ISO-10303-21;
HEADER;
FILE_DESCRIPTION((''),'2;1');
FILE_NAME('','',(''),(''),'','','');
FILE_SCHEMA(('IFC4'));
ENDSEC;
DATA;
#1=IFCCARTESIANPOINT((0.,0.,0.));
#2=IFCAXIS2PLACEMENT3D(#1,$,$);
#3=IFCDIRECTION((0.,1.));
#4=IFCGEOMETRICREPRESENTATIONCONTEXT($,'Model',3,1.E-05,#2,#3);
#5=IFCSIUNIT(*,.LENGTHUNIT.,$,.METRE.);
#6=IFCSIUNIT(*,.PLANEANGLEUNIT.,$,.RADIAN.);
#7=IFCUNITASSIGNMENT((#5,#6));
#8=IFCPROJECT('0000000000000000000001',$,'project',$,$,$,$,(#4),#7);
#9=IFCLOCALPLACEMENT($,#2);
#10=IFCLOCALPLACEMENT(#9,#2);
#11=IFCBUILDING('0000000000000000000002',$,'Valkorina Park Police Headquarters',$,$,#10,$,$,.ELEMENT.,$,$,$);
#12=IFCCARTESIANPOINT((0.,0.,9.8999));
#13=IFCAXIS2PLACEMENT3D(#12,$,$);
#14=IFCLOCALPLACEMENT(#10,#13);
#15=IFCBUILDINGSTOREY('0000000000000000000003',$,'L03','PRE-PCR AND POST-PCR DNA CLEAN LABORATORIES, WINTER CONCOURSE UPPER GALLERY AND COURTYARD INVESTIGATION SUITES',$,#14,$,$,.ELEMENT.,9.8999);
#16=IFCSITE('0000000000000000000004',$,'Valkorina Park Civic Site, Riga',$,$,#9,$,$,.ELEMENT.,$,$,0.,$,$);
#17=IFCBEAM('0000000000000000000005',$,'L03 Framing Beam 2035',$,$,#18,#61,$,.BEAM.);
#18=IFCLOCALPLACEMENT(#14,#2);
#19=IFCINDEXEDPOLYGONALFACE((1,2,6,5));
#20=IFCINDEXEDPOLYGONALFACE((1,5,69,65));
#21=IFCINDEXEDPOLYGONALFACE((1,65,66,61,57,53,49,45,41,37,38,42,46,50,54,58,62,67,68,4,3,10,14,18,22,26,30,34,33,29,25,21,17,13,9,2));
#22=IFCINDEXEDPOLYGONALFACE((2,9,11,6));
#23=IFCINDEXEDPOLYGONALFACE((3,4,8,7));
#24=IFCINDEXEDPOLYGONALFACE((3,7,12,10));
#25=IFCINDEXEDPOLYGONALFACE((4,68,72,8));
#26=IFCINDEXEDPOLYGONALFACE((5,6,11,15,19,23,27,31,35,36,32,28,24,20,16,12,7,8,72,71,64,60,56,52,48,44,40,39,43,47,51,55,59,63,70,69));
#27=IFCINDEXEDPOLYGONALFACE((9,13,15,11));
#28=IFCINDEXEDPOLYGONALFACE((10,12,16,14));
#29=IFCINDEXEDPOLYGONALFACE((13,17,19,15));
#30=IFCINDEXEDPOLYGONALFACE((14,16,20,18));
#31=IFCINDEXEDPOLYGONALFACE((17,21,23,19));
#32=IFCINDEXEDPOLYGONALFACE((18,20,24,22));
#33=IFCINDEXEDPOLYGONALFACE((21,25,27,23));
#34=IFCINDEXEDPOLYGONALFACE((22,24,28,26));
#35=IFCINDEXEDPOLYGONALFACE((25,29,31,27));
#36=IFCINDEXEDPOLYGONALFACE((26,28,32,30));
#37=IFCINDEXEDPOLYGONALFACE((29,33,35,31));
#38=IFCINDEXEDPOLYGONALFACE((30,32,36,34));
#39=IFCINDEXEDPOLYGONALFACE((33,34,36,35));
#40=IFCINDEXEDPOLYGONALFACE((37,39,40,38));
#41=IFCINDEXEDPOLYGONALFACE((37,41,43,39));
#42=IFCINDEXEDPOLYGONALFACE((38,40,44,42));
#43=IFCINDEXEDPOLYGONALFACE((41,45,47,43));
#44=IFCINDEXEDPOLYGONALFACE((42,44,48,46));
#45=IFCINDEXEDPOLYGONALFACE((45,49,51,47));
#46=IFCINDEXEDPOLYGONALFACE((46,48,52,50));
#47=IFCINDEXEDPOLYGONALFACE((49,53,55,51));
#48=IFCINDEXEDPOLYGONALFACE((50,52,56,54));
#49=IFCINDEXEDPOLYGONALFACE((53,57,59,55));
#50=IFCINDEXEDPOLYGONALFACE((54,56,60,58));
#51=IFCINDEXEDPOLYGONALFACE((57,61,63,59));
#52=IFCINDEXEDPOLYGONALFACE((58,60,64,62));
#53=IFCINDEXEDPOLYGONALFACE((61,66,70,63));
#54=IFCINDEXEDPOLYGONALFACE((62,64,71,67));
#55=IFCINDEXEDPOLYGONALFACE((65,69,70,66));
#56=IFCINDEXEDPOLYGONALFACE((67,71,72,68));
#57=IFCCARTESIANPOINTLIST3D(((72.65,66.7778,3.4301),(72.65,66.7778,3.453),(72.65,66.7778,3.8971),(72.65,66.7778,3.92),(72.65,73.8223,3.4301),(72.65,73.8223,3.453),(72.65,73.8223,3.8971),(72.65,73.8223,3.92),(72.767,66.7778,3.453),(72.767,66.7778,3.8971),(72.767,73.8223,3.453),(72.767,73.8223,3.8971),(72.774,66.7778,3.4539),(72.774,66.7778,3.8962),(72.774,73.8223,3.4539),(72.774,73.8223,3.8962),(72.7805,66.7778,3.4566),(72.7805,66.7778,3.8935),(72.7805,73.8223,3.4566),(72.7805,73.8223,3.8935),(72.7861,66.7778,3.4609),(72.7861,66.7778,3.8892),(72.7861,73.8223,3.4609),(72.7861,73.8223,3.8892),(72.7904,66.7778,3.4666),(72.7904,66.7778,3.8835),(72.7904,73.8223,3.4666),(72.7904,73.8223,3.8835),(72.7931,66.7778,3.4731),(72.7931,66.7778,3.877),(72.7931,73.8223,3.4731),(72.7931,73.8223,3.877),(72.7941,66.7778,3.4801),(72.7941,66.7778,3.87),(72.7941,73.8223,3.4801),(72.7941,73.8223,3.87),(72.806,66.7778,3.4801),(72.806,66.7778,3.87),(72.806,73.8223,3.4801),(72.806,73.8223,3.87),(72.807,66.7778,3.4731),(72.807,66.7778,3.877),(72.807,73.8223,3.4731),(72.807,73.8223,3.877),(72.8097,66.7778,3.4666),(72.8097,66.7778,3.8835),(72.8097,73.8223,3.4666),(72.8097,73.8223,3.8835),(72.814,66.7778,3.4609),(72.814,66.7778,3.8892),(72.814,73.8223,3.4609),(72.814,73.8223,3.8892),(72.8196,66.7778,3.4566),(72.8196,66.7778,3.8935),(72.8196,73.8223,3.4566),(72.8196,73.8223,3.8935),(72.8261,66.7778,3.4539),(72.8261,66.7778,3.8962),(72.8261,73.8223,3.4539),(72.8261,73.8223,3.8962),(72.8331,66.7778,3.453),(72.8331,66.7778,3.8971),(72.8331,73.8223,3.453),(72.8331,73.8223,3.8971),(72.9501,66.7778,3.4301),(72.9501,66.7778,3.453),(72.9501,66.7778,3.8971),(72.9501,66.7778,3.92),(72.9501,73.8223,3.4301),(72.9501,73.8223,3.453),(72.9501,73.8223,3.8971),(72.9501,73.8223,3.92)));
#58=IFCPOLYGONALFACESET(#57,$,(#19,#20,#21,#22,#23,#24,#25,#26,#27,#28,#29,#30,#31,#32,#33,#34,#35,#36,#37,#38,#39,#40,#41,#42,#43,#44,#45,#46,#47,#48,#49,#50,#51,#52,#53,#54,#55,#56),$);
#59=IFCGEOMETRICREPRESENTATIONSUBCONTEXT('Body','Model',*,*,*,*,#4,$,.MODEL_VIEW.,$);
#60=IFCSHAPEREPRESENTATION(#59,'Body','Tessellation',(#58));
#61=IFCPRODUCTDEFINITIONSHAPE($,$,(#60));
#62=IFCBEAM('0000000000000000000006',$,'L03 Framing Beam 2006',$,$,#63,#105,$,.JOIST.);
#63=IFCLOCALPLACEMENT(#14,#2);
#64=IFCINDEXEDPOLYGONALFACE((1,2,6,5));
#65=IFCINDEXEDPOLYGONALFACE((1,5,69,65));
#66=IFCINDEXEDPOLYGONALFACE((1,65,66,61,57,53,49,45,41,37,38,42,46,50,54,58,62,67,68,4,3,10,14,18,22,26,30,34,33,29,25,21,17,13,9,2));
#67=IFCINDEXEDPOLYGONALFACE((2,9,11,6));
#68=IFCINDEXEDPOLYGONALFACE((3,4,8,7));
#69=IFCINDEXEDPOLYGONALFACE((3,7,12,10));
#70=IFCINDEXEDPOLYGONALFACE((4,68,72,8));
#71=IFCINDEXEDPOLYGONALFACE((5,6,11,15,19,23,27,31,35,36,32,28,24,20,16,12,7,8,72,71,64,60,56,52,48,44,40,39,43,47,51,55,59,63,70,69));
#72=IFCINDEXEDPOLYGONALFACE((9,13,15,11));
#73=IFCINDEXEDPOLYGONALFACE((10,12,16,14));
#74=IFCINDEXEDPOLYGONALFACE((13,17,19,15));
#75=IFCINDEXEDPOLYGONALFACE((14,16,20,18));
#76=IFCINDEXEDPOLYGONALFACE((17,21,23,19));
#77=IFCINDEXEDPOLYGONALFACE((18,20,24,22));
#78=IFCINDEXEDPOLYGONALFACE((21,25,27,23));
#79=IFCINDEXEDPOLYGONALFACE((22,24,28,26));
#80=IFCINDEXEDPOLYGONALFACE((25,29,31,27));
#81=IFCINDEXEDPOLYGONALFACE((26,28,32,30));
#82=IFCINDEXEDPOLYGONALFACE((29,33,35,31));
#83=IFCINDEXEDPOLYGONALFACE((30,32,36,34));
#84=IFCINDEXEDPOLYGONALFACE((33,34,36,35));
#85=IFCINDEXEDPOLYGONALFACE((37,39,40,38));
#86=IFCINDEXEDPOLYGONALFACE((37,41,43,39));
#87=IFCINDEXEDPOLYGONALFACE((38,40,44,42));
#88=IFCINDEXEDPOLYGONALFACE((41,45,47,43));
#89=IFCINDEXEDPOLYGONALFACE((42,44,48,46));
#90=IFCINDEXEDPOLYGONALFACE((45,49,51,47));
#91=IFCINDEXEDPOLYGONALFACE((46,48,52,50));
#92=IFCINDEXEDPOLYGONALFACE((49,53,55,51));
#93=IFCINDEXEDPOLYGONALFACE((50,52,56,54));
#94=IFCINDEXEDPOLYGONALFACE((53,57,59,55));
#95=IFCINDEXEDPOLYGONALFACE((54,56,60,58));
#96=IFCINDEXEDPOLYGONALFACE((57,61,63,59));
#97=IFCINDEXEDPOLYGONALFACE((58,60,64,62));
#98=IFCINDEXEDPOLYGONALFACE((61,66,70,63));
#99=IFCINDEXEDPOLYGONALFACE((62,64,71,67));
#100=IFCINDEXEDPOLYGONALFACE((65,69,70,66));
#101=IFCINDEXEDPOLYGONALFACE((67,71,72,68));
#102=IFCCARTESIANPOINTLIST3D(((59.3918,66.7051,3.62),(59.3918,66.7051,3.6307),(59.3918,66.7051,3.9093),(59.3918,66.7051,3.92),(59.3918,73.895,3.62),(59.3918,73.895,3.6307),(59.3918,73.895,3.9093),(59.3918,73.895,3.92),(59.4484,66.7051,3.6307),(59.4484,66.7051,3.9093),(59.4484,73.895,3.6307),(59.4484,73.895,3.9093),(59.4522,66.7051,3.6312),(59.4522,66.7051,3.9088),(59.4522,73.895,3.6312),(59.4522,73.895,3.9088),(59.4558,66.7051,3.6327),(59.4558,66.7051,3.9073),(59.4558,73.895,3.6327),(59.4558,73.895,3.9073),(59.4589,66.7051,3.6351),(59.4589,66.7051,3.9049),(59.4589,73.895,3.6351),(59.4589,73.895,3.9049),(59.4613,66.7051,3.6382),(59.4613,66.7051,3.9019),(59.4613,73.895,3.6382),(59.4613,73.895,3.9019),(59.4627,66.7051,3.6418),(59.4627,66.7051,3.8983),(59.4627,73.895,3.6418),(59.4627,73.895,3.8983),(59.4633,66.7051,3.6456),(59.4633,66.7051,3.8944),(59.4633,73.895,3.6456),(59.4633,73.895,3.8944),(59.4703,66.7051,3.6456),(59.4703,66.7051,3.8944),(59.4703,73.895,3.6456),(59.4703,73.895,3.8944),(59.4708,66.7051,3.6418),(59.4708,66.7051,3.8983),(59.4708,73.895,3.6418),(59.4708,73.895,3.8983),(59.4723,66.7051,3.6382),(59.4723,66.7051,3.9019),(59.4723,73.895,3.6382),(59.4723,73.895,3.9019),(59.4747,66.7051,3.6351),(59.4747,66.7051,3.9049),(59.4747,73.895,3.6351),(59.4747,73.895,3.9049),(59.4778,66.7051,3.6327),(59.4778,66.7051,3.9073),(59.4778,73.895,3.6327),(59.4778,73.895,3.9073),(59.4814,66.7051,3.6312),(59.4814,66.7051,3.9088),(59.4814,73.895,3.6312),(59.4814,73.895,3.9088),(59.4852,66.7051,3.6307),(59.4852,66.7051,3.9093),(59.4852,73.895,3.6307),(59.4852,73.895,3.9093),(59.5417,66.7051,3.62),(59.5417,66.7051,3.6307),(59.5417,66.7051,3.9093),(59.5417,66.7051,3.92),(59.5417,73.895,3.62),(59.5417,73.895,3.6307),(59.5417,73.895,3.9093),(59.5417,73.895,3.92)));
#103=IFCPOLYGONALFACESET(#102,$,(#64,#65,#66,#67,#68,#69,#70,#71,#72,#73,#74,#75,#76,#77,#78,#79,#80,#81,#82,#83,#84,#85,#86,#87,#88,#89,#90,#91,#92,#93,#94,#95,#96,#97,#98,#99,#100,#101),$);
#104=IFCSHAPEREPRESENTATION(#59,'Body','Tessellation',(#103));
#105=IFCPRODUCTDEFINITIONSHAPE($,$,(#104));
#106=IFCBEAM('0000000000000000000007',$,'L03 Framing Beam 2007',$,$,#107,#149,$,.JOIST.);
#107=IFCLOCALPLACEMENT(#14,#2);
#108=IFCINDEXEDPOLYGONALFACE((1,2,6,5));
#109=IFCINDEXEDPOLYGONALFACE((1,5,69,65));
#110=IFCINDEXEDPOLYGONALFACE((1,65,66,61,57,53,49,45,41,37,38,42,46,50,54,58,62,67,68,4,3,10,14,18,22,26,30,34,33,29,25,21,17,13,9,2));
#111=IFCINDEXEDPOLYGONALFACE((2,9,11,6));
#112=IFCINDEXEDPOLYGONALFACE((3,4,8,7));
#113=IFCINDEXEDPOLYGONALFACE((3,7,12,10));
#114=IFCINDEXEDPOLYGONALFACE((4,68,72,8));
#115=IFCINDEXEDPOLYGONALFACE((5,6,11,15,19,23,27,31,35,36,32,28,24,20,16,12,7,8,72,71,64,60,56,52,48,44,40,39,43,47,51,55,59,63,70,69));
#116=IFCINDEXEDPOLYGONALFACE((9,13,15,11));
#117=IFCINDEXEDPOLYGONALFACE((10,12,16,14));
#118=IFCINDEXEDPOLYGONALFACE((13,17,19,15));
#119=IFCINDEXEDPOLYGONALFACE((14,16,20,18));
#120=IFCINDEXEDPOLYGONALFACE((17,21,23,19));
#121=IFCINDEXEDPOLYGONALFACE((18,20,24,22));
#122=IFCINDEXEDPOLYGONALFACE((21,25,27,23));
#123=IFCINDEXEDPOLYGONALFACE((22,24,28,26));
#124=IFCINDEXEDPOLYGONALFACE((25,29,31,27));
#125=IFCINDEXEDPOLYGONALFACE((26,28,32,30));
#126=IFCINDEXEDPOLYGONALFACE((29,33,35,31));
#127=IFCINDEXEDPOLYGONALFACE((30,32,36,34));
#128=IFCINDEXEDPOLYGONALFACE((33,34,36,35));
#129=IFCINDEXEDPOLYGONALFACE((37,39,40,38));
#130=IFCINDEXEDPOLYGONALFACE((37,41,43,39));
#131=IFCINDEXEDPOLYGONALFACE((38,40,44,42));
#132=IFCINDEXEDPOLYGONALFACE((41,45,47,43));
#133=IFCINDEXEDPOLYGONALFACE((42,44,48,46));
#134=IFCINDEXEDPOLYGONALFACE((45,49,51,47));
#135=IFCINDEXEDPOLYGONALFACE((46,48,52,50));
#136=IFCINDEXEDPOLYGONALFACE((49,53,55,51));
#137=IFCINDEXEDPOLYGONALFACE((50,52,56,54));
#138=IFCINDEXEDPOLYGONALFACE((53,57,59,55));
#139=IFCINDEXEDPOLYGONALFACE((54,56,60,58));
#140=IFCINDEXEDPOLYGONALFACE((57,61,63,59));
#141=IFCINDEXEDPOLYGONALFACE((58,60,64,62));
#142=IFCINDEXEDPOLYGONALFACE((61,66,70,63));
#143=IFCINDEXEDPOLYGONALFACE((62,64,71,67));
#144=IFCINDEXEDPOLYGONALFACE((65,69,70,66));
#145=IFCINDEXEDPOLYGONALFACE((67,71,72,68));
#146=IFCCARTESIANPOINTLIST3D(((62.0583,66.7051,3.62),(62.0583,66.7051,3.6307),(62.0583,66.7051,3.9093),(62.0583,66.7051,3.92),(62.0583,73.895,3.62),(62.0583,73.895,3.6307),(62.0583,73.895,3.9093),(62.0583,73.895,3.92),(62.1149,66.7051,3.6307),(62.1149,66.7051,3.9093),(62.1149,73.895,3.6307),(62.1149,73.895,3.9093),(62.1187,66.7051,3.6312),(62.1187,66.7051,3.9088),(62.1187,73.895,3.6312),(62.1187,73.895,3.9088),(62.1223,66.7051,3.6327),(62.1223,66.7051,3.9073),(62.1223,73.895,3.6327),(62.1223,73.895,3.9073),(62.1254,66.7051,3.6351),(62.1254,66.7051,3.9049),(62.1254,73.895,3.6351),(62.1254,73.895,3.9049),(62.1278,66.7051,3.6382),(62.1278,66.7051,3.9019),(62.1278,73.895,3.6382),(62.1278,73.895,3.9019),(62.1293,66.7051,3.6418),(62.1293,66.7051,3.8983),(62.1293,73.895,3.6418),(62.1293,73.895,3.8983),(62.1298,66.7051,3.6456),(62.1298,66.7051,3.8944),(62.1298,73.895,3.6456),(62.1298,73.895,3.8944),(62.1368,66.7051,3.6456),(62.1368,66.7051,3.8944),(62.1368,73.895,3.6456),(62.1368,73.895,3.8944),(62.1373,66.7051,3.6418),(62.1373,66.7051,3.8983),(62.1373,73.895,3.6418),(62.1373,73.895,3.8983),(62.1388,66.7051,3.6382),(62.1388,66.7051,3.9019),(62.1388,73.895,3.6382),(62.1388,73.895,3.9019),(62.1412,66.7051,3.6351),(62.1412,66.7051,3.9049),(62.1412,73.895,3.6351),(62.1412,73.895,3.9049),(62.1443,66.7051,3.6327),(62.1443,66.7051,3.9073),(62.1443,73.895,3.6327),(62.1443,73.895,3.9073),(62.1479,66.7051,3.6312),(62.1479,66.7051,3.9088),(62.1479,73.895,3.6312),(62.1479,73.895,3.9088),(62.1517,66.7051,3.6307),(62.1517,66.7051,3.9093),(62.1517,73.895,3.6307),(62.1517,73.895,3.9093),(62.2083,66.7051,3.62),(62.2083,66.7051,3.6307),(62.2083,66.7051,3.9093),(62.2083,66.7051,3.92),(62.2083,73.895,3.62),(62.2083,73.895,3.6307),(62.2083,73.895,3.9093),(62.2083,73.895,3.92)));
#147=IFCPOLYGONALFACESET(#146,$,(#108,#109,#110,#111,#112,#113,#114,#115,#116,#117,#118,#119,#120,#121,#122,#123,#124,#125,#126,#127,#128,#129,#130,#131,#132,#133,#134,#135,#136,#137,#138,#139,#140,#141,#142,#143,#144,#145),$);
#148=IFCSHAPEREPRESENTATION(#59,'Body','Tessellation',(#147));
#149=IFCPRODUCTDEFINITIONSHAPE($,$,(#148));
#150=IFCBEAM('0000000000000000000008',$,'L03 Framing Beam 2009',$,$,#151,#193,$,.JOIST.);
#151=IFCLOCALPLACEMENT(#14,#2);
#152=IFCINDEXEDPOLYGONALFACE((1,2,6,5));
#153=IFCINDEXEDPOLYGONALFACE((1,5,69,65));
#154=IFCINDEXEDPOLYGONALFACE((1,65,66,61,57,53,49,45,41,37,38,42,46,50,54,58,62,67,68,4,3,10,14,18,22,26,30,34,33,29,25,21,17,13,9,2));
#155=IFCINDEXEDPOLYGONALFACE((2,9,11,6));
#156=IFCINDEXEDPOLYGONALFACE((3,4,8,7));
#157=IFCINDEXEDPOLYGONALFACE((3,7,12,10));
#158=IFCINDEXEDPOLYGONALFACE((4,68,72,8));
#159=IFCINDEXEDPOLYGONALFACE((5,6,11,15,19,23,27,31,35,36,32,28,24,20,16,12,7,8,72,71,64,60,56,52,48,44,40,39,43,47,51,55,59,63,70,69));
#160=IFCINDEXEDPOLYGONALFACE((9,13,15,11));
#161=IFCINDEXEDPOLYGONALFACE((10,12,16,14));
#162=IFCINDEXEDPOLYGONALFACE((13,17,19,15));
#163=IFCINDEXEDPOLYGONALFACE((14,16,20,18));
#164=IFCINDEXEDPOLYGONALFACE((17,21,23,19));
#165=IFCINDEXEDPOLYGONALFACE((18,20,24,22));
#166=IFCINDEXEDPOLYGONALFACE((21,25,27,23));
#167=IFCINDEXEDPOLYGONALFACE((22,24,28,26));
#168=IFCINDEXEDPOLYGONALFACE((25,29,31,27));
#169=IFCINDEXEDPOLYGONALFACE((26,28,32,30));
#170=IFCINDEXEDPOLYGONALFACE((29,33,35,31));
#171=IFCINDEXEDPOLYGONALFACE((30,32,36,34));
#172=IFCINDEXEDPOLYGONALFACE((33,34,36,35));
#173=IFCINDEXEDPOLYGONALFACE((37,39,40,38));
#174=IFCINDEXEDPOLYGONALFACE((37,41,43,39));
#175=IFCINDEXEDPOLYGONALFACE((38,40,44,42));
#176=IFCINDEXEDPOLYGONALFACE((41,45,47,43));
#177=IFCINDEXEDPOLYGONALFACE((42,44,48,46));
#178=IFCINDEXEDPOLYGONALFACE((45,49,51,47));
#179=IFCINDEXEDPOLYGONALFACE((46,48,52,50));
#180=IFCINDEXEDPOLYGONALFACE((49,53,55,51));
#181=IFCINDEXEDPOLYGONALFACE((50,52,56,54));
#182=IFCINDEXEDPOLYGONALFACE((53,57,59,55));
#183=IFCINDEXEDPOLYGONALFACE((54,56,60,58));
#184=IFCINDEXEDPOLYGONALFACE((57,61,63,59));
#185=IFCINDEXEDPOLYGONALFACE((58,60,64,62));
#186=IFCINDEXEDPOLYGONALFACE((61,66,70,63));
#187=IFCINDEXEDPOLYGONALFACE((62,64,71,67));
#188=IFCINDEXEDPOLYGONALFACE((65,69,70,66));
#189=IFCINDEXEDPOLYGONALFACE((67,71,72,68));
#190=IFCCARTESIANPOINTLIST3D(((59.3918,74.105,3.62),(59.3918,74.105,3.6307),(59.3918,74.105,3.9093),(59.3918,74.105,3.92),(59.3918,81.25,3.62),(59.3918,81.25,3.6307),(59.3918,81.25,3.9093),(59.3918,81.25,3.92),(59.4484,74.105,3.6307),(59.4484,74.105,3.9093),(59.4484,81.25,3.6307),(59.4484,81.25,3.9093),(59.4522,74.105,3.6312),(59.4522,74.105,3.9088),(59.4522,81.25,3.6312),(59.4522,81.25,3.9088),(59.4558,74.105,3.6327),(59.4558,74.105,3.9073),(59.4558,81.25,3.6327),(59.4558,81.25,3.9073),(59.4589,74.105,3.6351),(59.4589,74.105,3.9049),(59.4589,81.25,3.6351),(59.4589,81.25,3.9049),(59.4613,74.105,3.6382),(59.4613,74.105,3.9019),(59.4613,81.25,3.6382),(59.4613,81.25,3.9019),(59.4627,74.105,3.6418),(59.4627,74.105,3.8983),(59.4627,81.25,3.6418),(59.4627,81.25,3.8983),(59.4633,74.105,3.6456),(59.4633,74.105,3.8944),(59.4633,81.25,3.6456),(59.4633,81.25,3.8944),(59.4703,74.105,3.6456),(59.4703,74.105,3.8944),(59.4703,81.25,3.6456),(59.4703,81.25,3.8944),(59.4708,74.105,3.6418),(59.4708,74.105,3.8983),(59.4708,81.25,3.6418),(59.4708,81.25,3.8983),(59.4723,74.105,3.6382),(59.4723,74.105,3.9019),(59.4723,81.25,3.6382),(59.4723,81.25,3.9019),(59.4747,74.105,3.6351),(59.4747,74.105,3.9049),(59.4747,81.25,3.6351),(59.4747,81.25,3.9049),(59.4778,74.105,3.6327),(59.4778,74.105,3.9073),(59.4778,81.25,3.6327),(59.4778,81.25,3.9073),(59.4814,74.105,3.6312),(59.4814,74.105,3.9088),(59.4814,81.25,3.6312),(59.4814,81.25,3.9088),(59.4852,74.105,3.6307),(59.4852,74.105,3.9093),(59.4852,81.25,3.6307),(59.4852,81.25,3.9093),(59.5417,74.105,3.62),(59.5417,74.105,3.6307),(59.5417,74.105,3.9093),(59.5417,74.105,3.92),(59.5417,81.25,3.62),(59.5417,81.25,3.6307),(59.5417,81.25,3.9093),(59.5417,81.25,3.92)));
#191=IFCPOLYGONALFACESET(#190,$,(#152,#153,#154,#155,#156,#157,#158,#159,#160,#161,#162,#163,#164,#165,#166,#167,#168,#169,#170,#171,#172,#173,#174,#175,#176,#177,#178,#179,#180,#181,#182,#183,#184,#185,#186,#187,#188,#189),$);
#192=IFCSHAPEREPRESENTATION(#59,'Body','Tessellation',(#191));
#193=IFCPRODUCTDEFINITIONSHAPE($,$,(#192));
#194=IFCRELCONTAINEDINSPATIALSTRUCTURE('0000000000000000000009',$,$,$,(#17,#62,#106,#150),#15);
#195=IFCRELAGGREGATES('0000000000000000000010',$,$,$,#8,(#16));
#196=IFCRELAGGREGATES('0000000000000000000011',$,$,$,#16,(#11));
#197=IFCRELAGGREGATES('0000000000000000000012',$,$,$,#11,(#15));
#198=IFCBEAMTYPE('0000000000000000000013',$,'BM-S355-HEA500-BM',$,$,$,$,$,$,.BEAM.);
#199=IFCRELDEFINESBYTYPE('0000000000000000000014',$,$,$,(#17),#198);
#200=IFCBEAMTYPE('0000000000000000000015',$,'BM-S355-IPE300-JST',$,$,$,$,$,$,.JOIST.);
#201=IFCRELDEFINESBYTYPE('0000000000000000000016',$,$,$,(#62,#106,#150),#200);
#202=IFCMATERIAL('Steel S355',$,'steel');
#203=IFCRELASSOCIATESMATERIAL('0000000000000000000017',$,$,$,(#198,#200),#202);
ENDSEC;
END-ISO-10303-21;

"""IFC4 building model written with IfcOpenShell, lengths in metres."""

from ifc_helpers import new_model, si_unit, direction, frame, origin, origin_2d, place, context, subcontext, project, spatial, i_section, extrude, material, material_profile, profile_set, type_object, element, save


model = new_model("IFC4")

# Units and contexts
model_context = context("Model", 3, precision=1e-05, world=origin(), true_north=direction((0.0, 1.0)))
body_context = subcontext(model_context, "Body", "Model", "MODEL_VIEW")
ifc_project = project(units=[si_unit("LENGTHUNIT", "METRE"), si_unit("PLANEANGLEUNIT", "RADIAN")], contexts=[model_context])

# Site, building, storey
site_placement = place(None, origin())
site = spatial("IfcSite", under=ifc_project, at=site_placement, Name="Valkorina Park Civic Site, Riga", CompositionType="ELEMENT", RefElevation=0.0)
building_placement = place(site_placement, origin())
building = spatial("IfcBuilding", under=site, at=building_placement, Name="Valkorina Park Police Headquarters", CompositionType="ELEMENT")
storey_placement = place(building_placement, frame((0.0, 0.0, 9.8999)))
storey = spatial("IfcBuildingStorey", under=building, at=storey_placement, Name="L03", Description="PRE-PCR AND POST-PCR DNA CLEAN LABORATORIES, WINTER CONCOURSE UPPER GALLERY AND COURTYARD INVESTIGATION SUITES", CompositionType="ELEMENT", Elevation=9.8999)

# Shared definitions
ifc_material_1 = material(Name="Steel S355", Category="steel")

# Beams
ifc_material_profile_1 = material_profile(ifc_material_1, i_section(OverallWidth=0.3, OverallDepth=0.49, WebThickness=0.012, FlangeThickness=0.0229, FilletRadius=0.0271, at=origin_2d()), Name="HEA 500")
ifc_profile_set_1 = profile_set([ifc_material_profile_1], Name="Steel S355")
beam_type_1 = type_object("IfcBeamType", Name="BM-S355-HEA500-BM", PredefinedType="BEAM", material=ifc_profile_set_1)
for number, where, z_axis, x_axis, name in (
    (1, (72.8, 66.7778, 3.675), (0.0, 1.0, 0.0), (-1.0, 0.0, 0.0), "L03 Framing Beam 2035"),
):
    element("IfcBeam", number, at=place(storey_placement, frame(where, z_axis=z_axis, x_axis=x_axis)), inside=storey, type_object=beam_type_1, Name=name, PredefinedType="BEAM", context=body_context, shape_type="SweptSolid", body=[
        extrude(i_section(OverallWidth=0.3, OverallDepth=0.49, WebThickness=0.012, FlangeThickness=0.0229, FilletRadius=0.0271, at=origin_2d()), origin(), (0.0, 0.0, 1.0), 7.0444),
    ])
ifc_material_profile_2 = material_profile(ifc_material_1, i_section(OverallWidth=0.1499, OverallDepth=0.3, WebThickness=0.0071, FlangeThickness=0.0107, FilletRadius=0.0149, at=origin_2d()), Name="IPE 300")
ifc_profile_set_2 = profile_set([ifc_material_profile_2], Name="Steel S355")
beam_type_2 = type_object("IfcBeamType", Name="BM-S355-IPE300-JST", PredefinedType="JOIST", material=ifc_profile_set_2)
for number, where, z_axis, x_axis, name in (
    (2, (59.4668, 66.7051, 3.77), (0.0, 1.0, 0.0), (-1.0, 0.0, 0.0), "L03 Framing Beam 2006"),
    (3, (62.1333, 66.7051, 3.77), (0.0, 1.0, 0.0), (-1.0, 0.0, 0.0), "L03 Framing Beam 2007"),
):
    element("IfcBeam", number, at=place(storey_placement, frame(where, z_axis=z_axis, x_axis=x_axis)), inside=storey, type_object=beam_type_2, Name=name, PredefinedType="JOIST", context=body_context, shape_type="SweptSolid", body=[
        extrude(i_section(OverallWidth=0.1499, OverallDepth=0.3, WebThickness=0.0071, FlangeThickness=0.0107, FilletRadius=0.0149, at=origin_2d()), origin(), (0.0, 0.0, 1.0), 7.1899),
    ])
beam_placement = place(storey_placement, frame((59.4668, 74.105, 3.77), z_axis=(0.0, 1.0, 0.0), x_axis=(-1.0, 0.0, 0.0)))
element("IfcBeam", 4, at=beam_placement, inside=storey, type_object=beam_type_2, Name="L03 Framing Beam 2009", PredefinedType="JOIST", context=body_context, shape_type="SweptSolid", body=[
    extrude(i_section(OverallWidth=0.1499, OverallDepth=0.3, WebThickness=0.0071, FlangeThickness=0.0107, FilletRadius=0.0149, at=origin_2d()), origin(), (0.0, 0.0, 1.0), 7.145),
])

save(model, "model.ifc")
